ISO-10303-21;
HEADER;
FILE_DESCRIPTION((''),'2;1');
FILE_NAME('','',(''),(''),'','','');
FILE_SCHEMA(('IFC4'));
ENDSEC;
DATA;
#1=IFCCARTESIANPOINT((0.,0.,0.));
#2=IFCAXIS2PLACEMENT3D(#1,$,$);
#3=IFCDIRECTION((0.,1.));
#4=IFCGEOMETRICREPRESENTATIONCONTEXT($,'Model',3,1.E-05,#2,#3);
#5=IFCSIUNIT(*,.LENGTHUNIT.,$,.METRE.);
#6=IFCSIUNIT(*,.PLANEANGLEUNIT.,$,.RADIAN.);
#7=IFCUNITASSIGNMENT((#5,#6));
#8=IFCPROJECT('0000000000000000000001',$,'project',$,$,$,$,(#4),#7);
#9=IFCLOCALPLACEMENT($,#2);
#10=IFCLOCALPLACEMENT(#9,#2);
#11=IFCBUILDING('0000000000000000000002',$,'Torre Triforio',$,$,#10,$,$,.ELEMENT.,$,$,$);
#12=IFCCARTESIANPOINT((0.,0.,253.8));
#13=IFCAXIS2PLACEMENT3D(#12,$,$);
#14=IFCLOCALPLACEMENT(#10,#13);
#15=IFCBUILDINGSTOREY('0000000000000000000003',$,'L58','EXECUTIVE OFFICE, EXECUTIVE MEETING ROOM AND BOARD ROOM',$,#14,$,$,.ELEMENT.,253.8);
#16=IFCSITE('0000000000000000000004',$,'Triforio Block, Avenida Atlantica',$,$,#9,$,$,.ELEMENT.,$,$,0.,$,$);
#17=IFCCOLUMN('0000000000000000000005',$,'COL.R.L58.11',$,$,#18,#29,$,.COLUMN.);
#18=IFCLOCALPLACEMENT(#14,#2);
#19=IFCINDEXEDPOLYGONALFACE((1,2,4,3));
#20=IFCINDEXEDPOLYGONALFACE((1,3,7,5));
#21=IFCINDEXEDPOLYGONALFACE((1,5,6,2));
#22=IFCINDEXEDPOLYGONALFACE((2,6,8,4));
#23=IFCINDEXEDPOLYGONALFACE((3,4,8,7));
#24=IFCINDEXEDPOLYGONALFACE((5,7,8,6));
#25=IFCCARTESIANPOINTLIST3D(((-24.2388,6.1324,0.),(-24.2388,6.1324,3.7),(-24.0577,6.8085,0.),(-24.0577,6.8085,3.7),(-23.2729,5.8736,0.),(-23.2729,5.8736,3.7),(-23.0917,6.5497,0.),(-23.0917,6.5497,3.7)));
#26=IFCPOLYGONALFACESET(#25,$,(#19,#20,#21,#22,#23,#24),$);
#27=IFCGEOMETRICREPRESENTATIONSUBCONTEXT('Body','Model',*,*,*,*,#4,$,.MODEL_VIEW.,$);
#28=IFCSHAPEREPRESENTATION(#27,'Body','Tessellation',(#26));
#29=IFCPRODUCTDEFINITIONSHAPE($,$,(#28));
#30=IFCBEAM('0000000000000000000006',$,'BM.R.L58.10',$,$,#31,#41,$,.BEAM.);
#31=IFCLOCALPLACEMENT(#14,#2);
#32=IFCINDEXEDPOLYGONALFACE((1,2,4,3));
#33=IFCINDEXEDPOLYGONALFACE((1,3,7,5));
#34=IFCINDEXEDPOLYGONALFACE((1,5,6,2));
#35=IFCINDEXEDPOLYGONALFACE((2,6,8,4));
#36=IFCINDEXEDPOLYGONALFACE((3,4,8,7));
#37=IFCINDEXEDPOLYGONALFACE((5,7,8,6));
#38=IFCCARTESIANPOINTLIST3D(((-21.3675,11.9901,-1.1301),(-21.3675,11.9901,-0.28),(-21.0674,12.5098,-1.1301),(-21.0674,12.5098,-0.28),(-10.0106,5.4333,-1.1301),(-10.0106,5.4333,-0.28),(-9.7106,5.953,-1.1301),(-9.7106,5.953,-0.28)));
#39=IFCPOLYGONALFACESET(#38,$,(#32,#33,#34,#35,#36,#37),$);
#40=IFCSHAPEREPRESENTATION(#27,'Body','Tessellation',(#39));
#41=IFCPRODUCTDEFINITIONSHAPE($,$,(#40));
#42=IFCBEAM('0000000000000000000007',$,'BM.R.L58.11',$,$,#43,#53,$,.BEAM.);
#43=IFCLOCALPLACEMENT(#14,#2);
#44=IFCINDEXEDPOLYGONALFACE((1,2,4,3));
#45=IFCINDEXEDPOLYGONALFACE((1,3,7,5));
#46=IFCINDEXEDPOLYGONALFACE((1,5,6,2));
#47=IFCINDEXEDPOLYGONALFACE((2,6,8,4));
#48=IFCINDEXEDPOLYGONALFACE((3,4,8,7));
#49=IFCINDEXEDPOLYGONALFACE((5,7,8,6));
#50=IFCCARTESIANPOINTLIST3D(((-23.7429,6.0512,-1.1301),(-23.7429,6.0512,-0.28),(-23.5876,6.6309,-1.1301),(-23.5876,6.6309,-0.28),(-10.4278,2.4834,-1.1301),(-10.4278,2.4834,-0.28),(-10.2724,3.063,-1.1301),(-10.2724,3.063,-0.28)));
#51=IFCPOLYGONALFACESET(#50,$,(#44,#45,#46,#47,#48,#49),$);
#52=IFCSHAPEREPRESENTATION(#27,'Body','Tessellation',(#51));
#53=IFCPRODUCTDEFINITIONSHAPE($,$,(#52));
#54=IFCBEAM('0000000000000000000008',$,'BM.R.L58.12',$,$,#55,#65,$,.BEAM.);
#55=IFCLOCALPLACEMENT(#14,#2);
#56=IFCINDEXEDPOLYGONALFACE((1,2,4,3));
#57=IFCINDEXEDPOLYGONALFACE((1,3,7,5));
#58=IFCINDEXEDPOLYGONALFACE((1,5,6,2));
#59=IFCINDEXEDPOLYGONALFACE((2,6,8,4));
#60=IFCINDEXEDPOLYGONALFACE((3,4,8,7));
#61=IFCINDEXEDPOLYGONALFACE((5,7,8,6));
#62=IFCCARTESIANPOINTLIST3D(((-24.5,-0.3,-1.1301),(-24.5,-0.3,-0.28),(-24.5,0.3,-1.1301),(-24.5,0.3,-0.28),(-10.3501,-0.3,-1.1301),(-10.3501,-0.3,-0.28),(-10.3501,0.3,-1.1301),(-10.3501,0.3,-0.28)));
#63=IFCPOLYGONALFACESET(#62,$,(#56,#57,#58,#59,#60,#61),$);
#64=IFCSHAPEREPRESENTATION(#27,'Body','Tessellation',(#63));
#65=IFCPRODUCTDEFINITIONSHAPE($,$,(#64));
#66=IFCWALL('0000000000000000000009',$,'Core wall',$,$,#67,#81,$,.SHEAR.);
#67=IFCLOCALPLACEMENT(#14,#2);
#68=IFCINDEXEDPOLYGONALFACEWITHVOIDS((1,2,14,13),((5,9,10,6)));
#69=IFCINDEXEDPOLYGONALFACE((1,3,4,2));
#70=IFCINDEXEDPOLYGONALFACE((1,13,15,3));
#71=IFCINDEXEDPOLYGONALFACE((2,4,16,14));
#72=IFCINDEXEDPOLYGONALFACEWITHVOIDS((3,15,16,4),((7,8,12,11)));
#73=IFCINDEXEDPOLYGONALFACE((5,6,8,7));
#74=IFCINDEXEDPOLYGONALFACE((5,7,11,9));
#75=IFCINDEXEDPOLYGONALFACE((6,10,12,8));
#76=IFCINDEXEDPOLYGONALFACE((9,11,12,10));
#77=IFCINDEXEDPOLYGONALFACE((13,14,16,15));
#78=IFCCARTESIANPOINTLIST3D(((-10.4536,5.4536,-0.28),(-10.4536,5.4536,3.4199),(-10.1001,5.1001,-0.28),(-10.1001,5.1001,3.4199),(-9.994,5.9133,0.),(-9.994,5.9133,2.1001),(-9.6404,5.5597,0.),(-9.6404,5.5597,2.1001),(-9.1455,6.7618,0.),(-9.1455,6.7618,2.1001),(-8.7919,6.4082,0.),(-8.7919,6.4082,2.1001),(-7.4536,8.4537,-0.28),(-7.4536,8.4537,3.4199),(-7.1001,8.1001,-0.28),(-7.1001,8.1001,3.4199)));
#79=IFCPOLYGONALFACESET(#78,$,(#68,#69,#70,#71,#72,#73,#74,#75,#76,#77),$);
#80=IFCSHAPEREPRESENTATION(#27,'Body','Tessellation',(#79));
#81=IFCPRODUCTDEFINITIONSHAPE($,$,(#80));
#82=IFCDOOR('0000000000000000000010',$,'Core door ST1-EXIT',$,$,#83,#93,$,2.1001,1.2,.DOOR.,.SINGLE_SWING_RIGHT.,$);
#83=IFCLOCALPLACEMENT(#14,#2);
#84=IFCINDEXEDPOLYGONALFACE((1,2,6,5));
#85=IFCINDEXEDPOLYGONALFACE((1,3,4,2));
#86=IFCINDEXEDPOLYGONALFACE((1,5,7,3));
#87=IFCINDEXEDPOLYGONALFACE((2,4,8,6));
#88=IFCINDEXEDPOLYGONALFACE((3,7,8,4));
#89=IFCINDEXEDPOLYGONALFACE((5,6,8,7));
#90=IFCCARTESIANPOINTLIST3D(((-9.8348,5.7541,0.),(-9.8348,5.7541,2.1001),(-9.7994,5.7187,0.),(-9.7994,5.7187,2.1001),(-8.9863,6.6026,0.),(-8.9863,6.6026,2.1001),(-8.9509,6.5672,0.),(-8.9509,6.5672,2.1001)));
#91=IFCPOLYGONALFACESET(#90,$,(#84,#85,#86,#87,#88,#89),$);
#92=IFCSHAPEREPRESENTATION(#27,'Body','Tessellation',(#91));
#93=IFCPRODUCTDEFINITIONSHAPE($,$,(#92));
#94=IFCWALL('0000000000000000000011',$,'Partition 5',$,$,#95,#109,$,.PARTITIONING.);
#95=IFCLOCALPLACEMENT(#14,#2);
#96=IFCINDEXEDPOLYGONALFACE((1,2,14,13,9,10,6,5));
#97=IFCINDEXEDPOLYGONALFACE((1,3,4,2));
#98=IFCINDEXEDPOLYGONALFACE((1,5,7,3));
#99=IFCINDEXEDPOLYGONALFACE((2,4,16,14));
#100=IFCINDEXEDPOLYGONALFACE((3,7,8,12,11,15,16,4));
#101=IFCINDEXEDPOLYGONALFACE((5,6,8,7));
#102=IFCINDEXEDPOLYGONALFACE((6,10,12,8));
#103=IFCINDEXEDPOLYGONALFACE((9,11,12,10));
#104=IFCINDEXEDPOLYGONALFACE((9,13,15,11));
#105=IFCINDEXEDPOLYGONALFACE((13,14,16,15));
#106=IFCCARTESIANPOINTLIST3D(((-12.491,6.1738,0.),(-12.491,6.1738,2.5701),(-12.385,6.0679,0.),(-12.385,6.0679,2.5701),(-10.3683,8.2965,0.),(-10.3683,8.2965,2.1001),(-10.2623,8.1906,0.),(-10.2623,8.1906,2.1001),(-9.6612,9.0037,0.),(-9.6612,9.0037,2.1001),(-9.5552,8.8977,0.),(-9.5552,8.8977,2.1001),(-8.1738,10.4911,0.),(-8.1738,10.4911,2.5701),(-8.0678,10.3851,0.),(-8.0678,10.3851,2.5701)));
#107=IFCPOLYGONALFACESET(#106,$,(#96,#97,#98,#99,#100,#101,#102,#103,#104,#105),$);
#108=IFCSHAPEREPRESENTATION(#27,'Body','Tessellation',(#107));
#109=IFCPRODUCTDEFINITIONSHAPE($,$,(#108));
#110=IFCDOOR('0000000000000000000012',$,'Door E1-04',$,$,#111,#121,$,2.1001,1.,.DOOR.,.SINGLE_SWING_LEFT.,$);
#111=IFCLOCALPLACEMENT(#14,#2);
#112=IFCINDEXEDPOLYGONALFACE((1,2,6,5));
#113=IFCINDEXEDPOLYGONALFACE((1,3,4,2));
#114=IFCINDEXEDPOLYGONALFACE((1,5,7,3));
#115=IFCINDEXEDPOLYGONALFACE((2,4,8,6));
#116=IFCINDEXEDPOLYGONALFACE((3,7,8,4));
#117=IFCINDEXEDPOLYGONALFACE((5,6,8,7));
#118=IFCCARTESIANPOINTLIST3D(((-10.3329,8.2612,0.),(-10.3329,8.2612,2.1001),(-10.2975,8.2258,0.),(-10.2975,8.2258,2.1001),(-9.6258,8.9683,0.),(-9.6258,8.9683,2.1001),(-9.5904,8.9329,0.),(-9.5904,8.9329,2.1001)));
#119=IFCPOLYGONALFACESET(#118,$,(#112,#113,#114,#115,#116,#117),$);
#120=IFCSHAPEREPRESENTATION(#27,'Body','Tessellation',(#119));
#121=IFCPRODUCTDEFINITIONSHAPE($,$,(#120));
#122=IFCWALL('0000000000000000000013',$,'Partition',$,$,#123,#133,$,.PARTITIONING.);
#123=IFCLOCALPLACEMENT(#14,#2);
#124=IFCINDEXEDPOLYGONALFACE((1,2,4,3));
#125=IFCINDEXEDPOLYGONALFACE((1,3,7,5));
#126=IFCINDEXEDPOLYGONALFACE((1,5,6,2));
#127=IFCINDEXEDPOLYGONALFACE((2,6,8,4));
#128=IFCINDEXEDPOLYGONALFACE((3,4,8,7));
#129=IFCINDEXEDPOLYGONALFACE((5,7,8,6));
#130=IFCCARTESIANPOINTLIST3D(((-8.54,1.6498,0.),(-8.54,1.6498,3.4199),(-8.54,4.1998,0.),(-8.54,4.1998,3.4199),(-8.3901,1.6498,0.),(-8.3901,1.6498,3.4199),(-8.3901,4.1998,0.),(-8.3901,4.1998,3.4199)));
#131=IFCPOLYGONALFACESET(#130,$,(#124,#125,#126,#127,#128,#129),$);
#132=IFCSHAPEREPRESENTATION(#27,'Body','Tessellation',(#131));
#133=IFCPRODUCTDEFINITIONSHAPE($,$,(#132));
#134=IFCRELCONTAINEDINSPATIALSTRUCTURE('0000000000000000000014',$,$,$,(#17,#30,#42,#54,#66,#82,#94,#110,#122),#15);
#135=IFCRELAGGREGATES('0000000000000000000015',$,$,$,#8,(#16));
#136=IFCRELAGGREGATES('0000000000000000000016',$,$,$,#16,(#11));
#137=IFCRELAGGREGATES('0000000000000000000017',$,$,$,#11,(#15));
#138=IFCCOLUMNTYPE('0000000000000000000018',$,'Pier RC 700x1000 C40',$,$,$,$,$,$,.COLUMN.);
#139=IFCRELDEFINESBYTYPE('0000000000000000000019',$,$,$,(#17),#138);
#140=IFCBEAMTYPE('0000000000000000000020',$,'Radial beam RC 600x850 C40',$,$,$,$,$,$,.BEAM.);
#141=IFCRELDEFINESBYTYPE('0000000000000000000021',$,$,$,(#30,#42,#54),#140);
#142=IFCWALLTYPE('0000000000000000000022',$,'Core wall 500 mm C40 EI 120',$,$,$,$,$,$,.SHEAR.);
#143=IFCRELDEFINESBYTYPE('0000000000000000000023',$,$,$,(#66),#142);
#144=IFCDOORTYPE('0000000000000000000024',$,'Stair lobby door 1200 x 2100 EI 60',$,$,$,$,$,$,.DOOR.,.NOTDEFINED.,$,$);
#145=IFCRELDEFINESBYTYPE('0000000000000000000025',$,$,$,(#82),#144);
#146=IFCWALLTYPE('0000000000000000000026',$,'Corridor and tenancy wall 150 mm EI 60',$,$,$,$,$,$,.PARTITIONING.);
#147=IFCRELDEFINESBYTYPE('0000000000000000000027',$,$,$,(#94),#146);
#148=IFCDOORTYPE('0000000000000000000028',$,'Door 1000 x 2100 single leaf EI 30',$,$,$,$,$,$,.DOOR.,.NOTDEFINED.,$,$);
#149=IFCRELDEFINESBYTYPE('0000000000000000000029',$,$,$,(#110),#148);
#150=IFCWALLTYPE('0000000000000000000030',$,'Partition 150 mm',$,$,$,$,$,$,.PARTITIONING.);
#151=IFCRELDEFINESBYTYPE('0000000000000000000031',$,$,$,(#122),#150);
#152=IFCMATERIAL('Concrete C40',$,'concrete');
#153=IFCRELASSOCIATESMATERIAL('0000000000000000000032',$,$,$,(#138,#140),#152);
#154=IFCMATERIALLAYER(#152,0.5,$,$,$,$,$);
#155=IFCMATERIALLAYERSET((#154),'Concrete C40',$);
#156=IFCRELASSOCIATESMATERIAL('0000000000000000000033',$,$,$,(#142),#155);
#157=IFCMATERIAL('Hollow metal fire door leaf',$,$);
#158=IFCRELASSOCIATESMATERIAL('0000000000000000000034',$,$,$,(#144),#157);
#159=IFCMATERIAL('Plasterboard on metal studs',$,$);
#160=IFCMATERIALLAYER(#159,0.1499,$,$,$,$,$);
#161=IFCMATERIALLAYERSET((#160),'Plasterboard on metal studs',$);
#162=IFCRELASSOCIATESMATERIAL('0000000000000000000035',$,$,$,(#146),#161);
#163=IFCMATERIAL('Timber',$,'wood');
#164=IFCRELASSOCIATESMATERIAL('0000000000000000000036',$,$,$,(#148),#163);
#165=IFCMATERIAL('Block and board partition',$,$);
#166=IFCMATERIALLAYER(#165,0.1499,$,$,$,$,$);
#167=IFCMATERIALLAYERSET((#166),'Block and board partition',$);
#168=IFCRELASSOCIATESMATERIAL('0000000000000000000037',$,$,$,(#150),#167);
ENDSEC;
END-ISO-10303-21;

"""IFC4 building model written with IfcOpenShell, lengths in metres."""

from ifc_helpers import new_model, si_unit, direction, frame, frame_2d, origin, origin_2d, place, context, subcontext, project, spatial, rectangle, extrude, material, layer, layer_set, material_profile, profile_set, type_object, element, fill, save


model = new_model("IFC4")

# Units and contexts
model_context = context("Model", 3, precision=1e-05, world=origin(), true_north=direction((0.0, 1.0)))
body_context = subcontext(model_context, "Body", "Model", "MODEL_VIEW")
ifc_project = project(units=[si_unit("LENGTHUNIT", "METRE"), si_unit("PLANEANGLEUNIT", "RADIAN")], contexts=[model_context])

# Site, building, storey
site_placement = place(None, origin())
site = spatial("IfcSite", under=ifc_project, at=site_placement, Name="Triforio Block, Avenida Atlantica", CompositionType="ELEMENT", RefElevation=0.0)
building_placement = place(site_placement, origin())
building = spatial("IfcBuilding", under=site, at=building_placement, Name="Torre Triforio", CompositionType="ELEMENT")
storey_placement = place(building_placement, frame((0.0, 0.0, 253.8)))
storey = spatial("IfcBuildingStorey", under=building, at=storey_placement, Name="L58", Description="EXECUTIVE OFFICE, EXECUTIVE MEETING ROOM AND BOARD ROOM", CompositionType="ELEMENT", Elevation=253.8)

# Column
ifc_material_1 = material(Name="Concrete C40", Category="concrete")
ifc_material_profile_1 = material_profile(ifc_material_1, rectangle(XDim=0.7, YDim=1.0, at=origin_2d()), Name="RC 700x1000")
ifc_profile_set_1 = profile_set([ifc_material_profile_1], Name="Concrete C40")
column_type = type_object("IfcColumnType", Name="Pier RC 700x1000 C40", PredefinedType="COLUMN", material=ifc_profile_set_1)
column_placement = place(storey_placement, frame((-23.6653, 6.3411, 0.0), z_axis=(0.0, 0.0, 1.0), x_axis=(-0.258819, -0.965926, 0.0)))
element("IfcColumn", 1, at=column_placement, inside=storey, type_object=column_type, Name="COL.R.L58.11", PredefinedType="COLUMN", context=body_context, shape_type="SweptSolid", body=[
    extrude(rectangle(XDim=0.7, YDim=1.0, at=origin_2d()), origin(), (0.0, 0.0, 1.0), 3.7),
])

# Beams
ifc_material_profile_2 = material_profile(ifc_material_1, rectangle(XDim=0.6001, YDim=0.8501, at=origin_2d()), Name="RC 600x850")
ifc_profile_set_2 = profile_set([ifc_material_profile_2], Name="Concrete C40")
beam_type = type_object("IfcBeamType", Name="Radial beam RC 600x850 C40", PredefinedType="BEAM", material=ifc_profile_set_2)
beam_1_placement = place(storey_placement, frame((-9.8606, 5.6931, -0.7051), z_axis=(-0.866027, 0.499997, 0.0), x_axis=(-0.499997, -0.866027, 0.0)))
element("IfcBeam", 2, at=beam_1_placement, inside=storey, type_object=beam_type, Name="BM.R.L58.10", PredefinedType="BEAM", context=body_context, shape_type="SweptSolid", body=[
    extrude(rectangle(XDim=0.6001, YDim=0.8501, at=origin_2d()), origin(), (0.0, 0.0, 1.0), 13.1138),
])
beam_2_placement = place(storey_placement, frame((-10.3501, 2.7732, -0.7051), z_axis=(-0.965924, 0.258824, 0.0), x_axis=(-0.258824, -0.965924, 0.0)))
element("IfcBeam", 3, at=beam_2_placement, inside=storey, type_object=beam_type, Name="BM.R.L58.11", PredefinedType="BEAM", context=body_context, shape_type="SweptSolid", body=[
    extrude(rectangle(XDim=0.6001, YDim=0.8501, at=origin_2d()), origin(), (0.0, 0.0, 1.0), 13.7849),
])
beam_3_placement = place(storey_placement, frame((-10.3501, 0.0, -0.7051), z_axis=(-1.0, 0.0, 0.0), x_axis=(0.0, -1.0, 0.0)))
element("IfcBeam", 4, at=beam_3_placement, inside=storey, type_object=beam_type, Name="BM.R.L58.12", PredefinedType="BEAM", context=body_context, shape_type="SweptSolid", body=[
    extrude(rectangle(XDim=0.6001, YDim=0.8501, at=origin_2d()), origin(), (0.0, 0.0, 1.0), 14.1499),
])

# Walls, openings, doors
ifc_layer_1 = layer(ifc_material_1, 0.5)
ifc_layer_set_1 = layer_set([ifc_layer_1], Name="Concrete C40")
wall_type_1 = type_object("IfcWallType", Name="Core wall 500 mm C40 EI 120", PredefinedType="SHEAR", material=ifc_layer_set_1)
wall_1_placement = place(storey_placement, frame((-10.2769, 5.2769, -0.28), z_axis=(0.0, 0.0, 1.0), x_axis=(0.707107, 0.707107, 0.0)))
wall_1 = element("IfcWall", 5, at=wall_1_placement, inside=storey, type_object=wall_type_1, Name="Core wall", PredefinedType="SHEAR", context=body_context, shape_type="SweptSolid", body=[
    extrude(rectangle(XDim=4.2427, YDim=0.5, at=frame_2d((2.1213, 0.0))), origin(), (0.0, 0.0, 1.0), 3.7),
])
opening_1_placement = place(wall_1_placement, frame((0.6499, 0.0, 0.28)))
opening_1 = element("IfcOpeningElement", 6, at=opening_1_placement, cuts=wall_1, PredefinedType="OPENING", context=body_context, shape_type="SweptSolid", body=[
    extrude(rectangle(XDim=1.2, YDim=2.1001, at=frame_2d((0.6001, 1.05))), frame((0.0, 0.26, 0.0), z_axis=(0.0, -1.0, 0.0), x_axis=(1.0, 0.0, 0.0)), (0.0, 0.0, 1.0), 0.52),
])
ifc_material_2 = material(Name="Hollow metal fire door leaf")
door_type_1 = type_object("IfcDoorType", Name="Stair lobby door 1200 x 2100 EI 60", OperationType="NOTDEFINED", PredefinedType="DOOR", material=ifc_material_2)
door_1_placement = place(opening_1_placement, origin())
door_1 = element("IfcDoor", 7, at=door_1_placement, inside=storey, type_object=door_type_1, Name="Core door ST1-EXIT", OperationType="SINGLE_SWING_RIGHT", OverallHeight=2.1001, OverallWidth=1.2, PredefinedType="DOOR", context=body_context, shape_type="SweptSolid", body=[
    extrude(rectangle(XDim=1.2, YDim=2.1001, at=frame_2d((0.6001, 1.05))), frame((0.0, 0.0249, 0.0), z_axis=(0.0, -1.0, 0.0), x_axis=(1.0, 0.0, 0.0)), (0.0, 0.0, 1.0), 0.05),
])
fill(opening_1, door_1)
ifc_material_3 = material(Name="Plasterboard on metal studs")
ifc_layer_2 = layer(ifc_material_3, 0.1499)
ifc_layer_set_2 = layer_set([ifc_layer_2], Name="Plasterboard on metal studs")
wall_type_2 = type_object("IfcWallType", Name="Corridor and tenancy wall 150 mm EI 60", PredefinedType="PARTITIONING", material=ifc_layer_set_2)
wall_2_placement = place(storey_placement, frame((-12.438, 6.1208, 0.0), z_axis=(0.0, 0.0, 1.0), x_axis=(0.707107, 0.707107, 0.0)))
wall_2 = element("IfcWall", 8, at=wall_2_placement, inside=storey, type_object=wall_type_2, Name="Partition 5", PredefinedType="PARTITIONING", context=body_context, shape_type="SweptSolid", body=[
    extrude(rectangle(XDim=6.1055, YDim=0.1499, at=frame_2d((3.0527, 0.0))), origin(), (0.0, 0.0, 1.0), 2.5701),
])
opening_2_placement = place(wall_2_placement, frame((3.002, 0.0, 0.0)))
opening_2 = element("IfcOpeningElement", 9, at=opening_2_placement, cuts=wall_2, PredefinedType="OPENING", context=body_context, shape_type="SweptSolid", body=[
    extrude(rectangle(XDim=1.0, YDim=2.1001, at=frame_2d((0.5, 1.05))), frame((0.0, 0.085, 0.0), z_axis=(0.0, -1.0, 0.0), x_axis=(1.0, 0.0, 0.0)), (0.0, 0.0, 1.0), 0.1699),
])
ifc_material_4 = material(Name="Timber", Category="wood")
door_type_2 = type_object("IfcDoorType", Name="Door 1000 x 2100 single leaf EI 30", OperationType="NOTDEFINED", PredefinedType="DOOR", material=ifc_material_4)
door_2_placement = place(opening_2_placement, origin())
door_2 = element("IfcDoor", 10, at=door_2_placement, inside=storey, type_object=door_type_2, Name="Door E1-04", OperationType="SINGLE_SWING_LEFT", OverallHeight=2.1001, OverallWidth=1.0, PredefinedType="DOOR", context=body_context, shape_type="SweptSolid", body=[
    extrude(rectangle(XDim=1.0, YDim=2.1001, at=frame_2d((0.5, 1.05))), frame((0.0, 0.0249, 0.0), z_axis=(0.0, -1.0, 0.0), x_axis=(1.0, 0.0, 0.0)), (0.0, 0.0, 1.0), 0.05),
])
fill(opening_2, door_2)

# Wall
ifc_material_5 = material(Name="Block and board partition")
ifc_layer_3 = layer(ifc_material_5, 0.1499)
ifc_layer_set_3 = layer_set([ifc_layer_3], Name="Block and board partition")
wall_type_3 = type_object("IfcWallType", Name="Partition 150 mm", PredefinedType="PARTITIONING", material=ifc_layer_set_3)
wall_3_placement = place(storey_placement, frame((-8.4651, 1.6499, 0.0), z_axis=(0.0, 0.0, 1.0), x_axis=(0.0, 1.0, 0.0)))
element("IfcWall", 11, at=wall_3_placement, inside=storey, type_object=wall_type_3, Name="Partition", PredefinedType="PARTITIONING", context=body_context, shape_type="SweptSolid", body=[
    extrude(rectangle(XDim=2.55, YDim=0.1499, at=frame_2d((1.2749, 0.0))), origin(), (0.0, 0.0, 1.0), 3.4199),
])

save(model, "model.ifc")
